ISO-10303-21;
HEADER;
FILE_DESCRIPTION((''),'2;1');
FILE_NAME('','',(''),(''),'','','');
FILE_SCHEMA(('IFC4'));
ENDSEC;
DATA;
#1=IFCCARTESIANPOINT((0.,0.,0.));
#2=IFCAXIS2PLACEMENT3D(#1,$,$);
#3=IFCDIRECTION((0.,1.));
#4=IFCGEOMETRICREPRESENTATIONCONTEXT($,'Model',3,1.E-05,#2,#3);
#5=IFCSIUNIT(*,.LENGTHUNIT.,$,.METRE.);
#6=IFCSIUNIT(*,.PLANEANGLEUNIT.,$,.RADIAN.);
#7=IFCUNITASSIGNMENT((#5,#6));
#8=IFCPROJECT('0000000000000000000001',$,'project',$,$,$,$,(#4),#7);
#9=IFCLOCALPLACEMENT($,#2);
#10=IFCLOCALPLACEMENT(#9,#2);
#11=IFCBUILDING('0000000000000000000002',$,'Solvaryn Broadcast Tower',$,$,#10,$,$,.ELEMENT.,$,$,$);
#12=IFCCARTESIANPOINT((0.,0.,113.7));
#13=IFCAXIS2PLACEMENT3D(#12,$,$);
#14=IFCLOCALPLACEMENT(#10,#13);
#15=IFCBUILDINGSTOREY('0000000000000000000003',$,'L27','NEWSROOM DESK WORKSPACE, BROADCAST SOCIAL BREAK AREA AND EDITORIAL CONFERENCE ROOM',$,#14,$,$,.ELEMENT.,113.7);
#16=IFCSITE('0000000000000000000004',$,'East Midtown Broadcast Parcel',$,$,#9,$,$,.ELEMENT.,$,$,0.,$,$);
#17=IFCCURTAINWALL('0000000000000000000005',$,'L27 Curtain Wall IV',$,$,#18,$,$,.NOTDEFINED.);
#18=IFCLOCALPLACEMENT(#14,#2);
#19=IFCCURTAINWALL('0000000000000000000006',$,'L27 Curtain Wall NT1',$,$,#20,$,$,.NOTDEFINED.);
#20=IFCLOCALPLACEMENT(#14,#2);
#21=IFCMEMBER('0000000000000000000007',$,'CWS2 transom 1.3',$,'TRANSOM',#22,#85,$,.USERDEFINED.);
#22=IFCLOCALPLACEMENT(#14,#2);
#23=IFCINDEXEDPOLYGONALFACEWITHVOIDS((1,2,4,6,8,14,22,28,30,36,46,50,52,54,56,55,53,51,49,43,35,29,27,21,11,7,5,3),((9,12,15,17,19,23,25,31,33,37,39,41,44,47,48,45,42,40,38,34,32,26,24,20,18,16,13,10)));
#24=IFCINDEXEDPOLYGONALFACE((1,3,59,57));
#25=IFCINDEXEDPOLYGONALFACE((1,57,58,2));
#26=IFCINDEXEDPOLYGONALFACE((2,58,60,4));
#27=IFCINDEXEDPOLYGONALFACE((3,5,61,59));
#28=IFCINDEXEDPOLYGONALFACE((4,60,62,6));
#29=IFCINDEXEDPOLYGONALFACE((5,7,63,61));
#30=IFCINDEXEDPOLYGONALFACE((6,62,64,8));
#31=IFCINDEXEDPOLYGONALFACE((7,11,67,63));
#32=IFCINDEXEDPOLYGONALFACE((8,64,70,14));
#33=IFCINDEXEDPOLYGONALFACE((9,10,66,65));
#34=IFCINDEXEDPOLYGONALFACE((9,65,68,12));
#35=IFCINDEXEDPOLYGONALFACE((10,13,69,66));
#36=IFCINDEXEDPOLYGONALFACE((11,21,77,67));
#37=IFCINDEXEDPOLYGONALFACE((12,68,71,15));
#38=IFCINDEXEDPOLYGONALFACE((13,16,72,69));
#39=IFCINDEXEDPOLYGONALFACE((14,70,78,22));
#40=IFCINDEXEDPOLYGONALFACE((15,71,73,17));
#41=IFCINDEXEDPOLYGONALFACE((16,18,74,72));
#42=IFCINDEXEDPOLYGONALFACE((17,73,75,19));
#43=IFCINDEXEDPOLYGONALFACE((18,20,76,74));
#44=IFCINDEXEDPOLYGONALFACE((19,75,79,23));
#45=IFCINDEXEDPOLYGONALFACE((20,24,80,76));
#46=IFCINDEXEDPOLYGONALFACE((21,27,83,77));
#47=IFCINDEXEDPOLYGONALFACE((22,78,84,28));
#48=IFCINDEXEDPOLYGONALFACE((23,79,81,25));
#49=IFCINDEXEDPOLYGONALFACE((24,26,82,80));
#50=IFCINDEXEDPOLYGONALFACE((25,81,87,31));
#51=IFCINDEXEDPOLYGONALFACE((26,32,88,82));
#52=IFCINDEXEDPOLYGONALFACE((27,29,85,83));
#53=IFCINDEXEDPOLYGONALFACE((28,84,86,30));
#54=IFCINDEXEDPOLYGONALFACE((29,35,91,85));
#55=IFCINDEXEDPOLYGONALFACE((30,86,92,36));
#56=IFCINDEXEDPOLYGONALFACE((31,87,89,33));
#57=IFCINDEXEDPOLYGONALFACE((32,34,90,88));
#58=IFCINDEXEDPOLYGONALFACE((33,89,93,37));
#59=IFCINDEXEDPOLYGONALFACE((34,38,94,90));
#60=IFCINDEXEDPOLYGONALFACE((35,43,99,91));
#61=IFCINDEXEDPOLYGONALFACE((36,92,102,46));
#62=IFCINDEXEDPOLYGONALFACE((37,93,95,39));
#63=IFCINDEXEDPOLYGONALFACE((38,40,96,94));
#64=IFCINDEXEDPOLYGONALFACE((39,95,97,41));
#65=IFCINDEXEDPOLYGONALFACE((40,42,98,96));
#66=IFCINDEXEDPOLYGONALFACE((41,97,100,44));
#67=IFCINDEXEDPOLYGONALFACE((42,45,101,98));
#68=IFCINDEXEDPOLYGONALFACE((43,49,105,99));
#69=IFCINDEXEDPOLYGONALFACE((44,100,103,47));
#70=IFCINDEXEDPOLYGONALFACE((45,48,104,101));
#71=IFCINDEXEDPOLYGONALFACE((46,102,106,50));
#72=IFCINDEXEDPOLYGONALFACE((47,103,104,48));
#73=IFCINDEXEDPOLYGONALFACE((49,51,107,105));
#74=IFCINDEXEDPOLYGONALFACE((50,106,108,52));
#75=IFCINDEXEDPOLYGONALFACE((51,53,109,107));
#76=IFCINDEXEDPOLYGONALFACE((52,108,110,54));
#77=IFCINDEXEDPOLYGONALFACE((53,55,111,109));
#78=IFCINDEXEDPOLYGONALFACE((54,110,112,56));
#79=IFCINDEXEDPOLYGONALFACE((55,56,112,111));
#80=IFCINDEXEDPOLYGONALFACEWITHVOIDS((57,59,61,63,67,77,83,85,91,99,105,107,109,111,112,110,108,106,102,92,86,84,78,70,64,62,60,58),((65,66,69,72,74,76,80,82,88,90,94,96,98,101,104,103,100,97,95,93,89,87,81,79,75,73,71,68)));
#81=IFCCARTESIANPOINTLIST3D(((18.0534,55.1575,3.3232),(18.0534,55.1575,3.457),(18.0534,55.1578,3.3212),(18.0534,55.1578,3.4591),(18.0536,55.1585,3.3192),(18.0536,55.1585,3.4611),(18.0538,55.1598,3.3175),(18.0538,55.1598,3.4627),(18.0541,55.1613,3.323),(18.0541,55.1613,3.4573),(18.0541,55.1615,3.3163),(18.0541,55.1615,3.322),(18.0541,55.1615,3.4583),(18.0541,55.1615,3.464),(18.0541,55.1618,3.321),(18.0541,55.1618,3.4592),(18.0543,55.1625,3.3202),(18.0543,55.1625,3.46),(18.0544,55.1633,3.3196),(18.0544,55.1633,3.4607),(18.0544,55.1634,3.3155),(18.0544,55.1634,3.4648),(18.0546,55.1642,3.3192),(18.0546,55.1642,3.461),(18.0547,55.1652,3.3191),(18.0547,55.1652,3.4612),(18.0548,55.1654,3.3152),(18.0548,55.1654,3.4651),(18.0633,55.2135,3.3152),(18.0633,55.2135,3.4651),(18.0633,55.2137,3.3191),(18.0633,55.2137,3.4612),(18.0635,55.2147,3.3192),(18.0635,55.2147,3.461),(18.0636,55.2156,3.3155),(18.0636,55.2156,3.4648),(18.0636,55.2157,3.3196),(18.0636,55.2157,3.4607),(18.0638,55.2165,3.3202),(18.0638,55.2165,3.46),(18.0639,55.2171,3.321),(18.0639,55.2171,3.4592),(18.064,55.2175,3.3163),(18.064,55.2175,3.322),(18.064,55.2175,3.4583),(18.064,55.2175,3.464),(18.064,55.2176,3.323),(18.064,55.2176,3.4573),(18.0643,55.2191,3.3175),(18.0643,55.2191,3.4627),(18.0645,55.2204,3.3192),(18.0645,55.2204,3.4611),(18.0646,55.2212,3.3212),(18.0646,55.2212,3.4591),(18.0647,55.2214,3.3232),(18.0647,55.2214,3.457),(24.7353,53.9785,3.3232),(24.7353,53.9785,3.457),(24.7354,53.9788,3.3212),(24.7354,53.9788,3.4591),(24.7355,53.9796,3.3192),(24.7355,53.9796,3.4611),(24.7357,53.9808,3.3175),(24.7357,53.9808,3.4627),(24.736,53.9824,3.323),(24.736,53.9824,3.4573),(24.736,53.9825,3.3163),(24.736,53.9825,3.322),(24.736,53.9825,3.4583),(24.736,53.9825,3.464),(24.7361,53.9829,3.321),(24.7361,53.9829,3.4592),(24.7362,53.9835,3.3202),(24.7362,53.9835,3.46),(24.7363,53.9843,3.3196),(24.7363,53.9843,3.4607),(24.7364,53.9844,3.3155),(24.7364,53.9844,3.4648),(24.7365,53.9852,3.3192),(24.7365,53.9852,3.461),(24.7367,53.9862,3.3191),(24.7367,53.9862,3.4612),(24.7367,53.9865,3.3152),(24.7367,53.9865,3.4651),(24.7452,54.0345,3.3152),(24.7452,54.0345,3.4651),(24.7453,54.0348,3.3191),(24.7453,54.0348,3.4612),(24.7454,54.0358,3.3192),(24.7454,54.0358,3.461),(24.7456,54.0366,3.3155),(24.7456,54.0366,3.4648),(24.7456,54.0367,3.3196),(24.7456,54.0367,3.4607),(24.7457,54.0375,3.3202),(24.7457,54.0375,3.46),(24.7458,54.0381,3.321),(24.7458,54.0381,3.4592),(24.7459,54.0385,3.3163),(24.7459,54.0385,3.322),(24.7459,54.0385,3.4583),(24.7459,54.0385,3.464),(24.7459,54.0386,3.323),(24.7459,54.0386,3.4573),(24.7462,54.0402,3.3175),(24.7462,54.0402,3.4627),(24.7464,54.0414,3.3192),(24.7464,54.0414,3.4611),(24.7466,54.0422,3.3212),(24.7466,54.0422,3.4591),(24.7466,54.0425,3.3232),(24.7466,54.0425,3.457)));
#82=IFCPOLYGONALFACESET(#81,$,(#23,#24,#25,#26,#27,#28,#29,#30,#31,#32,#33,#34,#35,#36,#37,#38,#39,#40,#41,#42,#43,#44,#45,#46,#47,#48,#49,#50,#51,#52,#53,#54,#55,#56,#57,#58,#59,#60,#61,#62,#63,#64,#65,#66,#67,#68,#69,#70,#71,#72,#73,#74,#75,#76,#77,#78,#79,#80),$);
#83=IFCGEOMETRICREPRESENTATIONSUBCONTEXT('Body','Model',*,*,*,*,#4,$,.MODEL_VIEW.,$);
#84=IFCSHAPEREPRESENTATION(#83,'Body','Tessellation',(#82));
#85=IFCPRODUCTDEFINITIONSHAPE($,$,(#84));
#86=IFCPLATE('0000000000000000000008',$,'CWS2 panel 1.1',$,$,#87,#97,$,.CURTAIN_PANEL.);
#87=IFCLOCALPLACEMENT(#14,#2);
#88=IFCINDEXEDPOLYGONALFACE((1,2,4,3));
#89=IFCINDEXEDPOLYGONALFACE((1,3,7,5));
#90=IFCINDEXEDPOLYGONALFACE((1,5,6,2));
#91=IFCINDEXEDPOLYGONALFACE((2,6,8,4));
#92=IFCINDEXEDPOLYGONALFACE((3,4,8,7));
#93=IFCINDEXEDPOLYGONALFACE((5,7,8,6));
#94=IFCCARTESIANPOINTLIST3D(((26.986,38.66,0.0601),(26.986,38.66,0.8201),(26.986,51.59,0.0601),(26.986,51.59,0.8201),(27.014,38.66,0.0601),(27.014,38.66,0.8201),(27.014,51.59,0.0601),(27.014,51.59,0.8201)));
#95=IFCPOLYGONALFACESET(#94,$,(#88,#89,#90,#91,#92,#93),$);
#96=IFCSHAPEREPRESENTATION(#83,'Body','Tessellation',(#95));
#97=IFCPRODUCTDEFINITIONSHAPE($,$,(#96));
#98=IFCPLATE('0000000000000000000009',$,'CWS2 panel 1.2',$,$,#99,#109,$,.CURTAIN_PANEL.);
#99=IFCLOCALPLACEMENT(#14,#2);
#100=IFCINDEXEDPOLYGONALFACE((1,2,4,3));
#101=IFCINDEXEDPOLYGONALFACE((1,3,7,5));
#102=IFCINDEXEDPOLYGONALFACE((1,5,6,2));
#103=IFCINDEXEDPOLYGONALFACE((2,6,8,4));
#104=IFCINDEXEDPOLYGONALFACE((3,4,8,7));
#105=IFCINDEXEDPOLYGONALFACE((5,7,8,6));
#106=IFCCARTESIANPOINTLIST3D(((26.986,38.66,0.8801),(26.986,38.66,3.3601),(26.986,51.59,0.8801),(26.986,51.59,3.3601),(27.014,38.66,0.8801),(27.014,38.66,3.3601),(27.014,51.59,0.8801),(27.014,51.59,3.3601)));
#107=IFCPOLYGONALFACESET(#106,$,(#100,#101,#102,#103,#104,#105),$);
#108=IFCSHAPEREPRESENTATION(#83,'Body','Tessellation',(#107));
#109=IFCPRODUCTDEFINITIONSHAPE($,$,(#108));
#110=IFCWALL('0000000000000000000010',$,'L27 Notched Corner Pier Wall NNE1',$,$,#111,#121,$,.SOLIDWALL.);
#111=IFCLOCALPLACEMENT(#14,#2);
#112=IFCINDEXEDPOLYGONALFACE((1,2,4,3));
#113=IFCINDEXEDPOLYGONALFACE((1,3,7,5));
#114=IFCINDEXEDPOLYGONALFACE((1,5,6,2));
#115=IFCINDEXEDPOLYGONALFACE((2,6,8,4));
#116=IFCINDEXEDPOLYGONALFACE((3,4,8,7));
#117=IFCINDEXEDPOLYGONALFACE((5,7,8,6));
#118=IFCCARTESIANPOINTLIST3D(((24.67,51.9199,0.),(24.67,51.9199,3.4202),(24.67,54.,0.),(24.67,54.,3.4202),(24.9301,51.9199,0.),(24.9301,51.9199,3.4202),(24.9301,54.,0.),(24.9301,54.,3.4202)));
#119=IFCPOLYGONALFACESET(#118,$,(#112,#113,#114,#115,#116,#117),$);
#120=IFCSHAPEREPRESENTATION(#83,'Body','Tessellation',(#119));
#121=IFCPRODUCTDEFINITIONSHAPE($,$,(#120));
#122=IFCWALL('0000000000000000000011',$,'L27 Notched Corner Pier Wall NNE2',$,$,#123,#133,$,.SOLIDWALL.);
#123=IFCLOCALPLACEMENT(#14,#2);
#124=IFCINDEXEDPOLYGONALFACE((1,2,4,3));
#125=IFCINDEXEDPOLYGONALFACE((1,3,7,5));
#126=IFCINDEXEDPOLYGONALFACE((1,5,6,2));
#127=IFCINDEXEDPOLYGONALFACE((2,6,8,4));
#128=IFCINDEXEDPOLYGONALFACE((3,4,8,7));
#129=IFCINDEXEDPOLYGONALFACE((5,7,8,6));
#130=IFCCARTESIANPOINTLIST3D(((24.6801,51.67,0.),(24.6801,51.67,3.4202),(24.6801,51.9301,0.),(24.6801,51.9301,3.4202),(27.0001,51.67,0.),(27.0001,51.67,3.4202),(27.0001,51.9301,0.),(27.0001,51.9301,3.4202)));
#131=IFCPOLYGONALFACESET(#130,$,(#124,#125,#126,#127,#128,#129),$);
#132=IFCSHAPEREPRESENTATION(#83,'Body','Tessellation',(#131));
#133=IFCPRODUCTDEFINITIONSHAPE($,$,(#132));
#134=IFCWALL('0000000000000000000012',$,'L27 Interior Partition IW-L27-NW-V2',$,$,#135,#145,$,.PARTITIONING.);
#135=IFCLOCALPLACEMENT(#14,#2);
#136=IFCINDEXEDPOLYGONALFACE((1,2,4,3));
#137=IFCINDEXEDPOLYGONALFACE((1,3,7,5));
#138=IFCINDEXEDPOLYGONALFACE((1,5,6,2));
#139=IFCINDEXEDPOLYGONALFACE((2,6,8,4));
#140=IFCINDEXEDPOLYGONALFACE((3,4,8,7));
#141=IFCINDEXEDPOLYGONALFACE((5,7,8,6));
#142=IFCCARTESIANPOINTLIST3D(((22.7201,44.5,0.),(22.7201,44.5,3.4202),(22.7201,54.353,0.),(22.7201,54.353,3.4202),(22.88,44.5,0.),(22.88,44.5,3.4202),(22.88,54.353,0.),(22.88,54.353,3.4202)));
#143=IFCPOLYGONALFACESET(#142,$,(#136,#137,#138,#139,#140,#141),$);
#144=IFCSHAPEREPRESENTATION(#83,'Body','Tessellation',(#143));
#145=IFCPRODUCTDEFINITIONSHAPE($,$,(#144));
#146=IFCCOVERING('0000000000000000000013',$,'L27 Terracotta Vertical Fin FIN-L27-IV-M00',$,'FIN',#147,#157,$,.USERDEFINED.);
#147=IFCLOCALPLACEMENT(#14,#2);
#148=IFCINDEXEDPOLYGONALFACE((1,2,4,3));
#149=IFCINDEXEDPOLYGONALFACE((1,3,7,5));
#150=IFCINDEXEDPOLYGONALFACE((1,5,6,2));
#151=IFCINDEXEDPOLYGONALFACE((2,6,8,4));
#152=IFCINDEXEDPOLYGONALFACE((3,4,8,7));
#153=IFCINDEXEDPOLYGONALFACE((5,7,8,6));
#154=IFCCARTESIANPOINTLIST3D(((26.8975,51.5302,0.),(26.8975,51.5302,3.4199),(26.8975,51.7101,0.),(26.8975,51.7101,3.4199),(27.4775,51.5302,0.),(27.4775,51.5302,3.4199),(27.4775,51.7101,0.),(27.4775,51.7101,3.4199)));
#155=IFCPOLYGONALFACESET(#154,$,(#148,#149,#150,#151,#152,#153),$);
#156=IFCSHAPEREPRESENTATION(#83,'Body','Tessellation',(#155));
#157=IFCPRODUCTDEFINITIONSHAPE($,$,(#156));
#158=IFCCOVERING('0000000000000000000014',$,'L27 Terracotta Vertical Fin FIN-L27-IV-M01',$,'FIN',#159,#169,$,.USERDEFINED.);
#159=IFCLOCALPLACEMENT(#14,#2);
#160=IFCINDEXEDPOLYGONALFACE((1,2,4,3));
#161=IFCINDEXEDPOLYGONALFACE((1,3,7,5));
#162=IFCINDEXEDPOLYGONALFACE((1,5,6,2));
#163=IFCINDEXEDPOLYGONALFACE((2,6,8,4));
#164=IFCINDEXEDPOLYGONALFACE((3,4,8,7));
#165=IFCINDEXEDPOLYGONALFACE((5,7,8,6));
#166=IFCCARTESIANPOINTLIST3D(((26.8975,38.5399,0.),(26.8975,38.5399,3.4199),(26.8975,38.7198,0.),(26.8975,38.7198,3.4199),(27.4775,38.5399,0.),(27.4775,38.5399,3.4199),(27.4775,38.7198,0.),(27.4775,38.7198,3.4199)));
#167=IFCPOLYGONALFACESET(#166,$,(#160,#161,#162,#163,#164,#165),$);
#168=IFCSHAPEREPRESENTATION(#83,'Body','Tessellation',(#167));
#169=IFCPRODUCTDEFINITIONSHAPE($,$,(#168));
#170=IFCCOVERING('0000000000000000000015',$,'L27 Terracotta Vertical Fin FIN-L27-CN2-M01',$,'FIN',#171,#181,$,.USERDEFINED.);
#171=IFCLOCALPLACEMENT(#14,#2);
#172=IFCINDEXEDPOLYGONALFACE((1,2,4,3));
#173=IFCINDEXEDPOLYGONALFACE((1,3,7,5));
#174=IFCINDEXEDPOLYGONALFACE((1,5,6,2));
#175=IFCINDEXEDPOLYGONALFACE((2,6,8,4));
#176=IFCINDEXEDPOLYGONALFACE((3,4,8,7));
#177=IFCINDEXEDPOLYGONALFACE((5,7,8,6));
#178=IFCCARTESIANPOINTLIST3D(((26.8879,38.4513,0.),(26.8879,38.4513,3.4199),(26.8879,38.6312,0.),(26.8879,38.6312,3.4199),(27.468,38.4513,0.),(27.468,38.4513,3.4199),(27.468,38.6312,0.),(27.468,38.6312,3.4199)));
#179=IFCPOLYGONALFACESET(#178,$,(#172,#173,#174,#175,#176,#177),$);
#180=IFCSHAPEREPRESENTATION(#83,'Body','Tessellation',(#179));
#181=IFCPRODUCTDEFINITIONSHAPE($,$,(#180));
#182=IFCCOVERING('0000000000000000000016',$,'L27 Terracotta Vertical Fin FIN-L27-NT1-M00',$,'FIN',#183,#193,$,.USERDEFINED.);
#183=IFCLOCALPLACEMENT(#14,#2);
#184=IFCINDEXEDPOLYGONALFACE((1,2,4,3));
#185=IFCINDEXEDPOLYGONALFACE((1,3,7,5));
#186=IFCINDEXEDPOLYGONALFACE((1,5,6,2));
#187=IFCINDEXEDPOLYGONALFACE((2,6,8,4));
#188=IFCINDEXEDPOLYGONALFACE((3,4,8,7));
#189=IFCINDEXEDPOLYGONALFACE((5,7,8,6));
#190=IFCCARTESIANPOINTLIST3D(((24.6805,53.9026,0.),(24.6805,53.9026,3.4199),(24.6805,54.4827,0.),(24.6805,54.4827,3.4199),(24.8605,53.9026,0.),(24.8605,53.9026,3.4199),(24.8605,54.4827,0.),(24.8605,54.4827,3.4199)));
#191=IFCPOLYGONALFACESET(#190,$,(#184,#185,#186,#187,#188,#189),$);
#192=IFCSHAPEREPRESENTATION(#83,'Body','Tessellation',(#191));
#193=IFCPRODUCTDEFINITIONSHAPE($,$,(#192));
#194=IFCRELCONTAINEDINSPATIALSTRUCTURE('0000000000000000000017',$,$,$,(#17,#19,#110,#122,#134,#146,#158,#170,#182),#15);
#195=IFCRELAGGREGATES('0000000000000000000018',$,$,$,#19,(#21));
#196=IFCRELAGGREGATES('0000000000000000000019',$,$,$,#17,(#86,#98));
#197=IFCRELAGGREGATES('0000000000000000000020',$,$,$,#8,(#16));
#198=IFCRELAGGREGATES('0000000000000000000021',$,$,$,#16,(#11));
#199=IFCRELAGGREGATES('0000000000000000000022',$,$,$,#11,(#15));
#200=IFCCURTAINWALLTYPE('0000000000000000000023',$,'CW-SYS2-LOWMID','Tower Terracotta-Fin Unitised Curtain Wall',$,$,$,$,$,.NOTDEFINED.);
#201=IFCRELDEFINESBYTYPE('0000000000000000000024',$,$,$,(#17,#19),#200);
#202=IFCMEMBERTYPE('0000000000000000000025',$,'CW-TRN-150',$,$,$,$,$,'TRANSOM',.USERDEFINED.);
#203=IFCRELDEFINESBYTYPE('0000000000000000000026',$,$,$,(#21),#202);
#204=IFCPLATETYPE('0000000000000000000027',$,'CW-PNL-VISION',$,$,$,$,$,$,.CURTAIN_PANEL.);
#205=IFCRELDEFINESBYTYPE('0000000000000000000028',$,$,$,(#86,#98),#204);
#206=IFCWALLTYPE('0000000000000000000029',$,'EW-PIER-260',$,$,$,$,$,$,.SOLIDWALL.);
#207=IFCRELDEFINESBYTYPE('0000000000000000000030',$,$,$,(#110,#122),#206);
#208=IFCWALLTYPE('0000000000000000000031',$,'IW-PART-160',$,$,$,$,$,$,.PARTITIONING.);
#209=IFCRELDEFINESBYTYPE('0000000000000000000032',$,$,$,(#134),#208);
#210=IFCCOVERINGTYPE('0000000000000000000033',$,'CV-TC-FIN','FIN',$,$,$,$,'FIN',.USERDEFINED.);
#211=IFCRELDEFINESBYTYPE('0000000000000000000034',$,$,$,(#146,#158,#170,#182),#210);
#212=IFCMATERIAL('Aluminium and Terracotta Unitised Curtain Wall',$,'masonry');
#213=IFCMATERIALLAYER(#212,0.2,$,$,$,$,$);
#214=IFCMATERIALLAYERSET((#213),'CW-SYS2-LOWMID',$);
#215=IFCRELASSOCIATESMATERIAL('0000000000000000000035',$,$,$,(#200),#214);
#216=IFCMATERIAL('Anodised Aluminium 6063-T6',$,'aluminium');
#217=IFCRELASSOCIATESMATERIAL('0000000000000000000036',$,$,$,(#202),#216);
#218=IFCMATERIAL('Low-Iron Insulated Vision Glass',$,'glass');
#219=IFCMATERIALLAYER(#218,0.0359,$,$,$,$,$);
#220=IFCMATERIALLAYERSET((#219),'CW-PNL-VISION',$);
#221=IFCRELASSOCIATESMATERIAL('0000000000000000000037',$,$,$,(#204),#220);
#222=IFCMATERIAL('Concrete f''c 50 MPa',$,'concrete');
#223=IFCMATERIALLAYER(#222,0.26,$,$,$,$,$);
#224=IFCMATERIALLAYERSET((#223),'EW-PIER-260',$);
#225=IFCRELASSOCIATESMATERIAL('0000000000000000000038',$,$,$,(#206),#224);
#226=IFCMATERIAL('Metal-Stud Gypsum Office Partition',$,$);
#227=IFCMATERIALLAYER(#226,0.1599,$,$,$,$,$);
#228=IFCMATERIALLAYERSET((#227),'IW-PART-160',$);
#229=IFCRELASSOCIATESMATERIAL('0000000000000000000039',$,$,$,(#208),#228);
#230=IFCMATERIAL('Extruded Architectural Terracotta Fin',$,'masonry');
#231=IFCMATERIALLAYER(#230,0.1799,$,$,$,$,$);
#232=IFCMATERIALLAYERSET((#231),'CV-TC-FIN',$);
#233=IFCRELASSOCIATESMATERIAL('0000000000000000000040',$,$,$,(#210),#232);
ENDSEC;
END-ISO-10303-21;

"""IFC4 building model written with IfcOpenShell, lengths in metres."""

from ifc_helpers import new_model, si_unit, direction, frame, frame_2d, origin, origin_2d, place, context, subcontext, project, spatial, rectangle, hollow_rectangle, extrude, material, layer, layer_set, material_profile, profile_set, type_object, element, aggregate, save


model = new_model("IFC4")

# Units and contexts
model_context = context("Model", 3, precision=1e-05, world=origin(), true_north=direction((0.0, 1.0)))
body_context = subcontext(model_context, "Body", "Model", "MODEL_VIEW")
ifc_project = project(units=[si_unit("LENGTHUNIT", "METRE"), si_unit("PLANEANGLEUNIT", "RADIAN")], contexts=[model_context])

# Site, building, storey
site_placement = place(None, origin())
site = spatial("IfcSite", under=ifc_project, at=site_placement, Name="East Midtown Broadcast Parcel", CompositionType="ELEMENT", RefElevation=0.0)
building_placement = place(site_placement, origin())
building = spatial("IfcBuilding", under=site, at=building_placement, Name="Solvaryn Broadcast Tower", CompositionType="ELEMENT")
storey_placement = place(building_placement, frame((0.0, 0.0, 113.7)))
storey = spatial("IfcBuildingStorey", under=building, at=storey_placement, Name="L27", Description="NEWSROOM DESK WORKSPACE, BROADCAST SOCIAL BREAK AREA AND EDITORIAL CONFERENCE ROOM", CompositionType="ELEMENT", Elevation=113.7)

# Curtain wall
ifc_material_1 = material(Name="Aluminium and Terracotta Unitised Curtain Wall", Category="masonry")
ifc_layer_1 = layer(ifc_material_1, 0.2)
ifc_layer_set_1 = layer_set([ifc_layer_1], Name="CW-SYS2-LOWMID")
curtain_wall_type = type_object("IfcCurtainWallType", Name="CW-SYS2-LOWMID", Description="Tower Terracotta-Fin Unitised Curtain Wall", PredefinedType="NOTDEFINED", material=ifc_layer_set_1)
curtain_wall_1_placement = place(storey_placement, origin())
curtain_wall_1 = element("IfcCurtainWall", 1, at=curtain_wall_1_placement, inside=storey, type_object=curtain_wall_type, Name="L27 Curtain Wall IV", PredefinedType="NOTDEFINED")

# Curtain wall
curtain_wall_2_placement = place(storey_placement, origin())
curtain_wall_2 = element("IfcCurtainWall", 2, at=curtain_wall_2_placement, inside=storey, type_object=curtain_wall_type, Name="L27 Curtain Wall NT1", PredefinedType="NOTDEFINED")

# Member
ifc_material_2 = material(Name="Anodised Aluminium 6063-T6", Category="aluminium")
ifc_material_profile_1 = material_profile(ifc_material_2, hollow_rectangle(XDim=0.0649, YDim=0.1499, WallThickness=0.0039, InnerFilletRadius=0.0039, OuterFilletRadius=0.0081, at=origin_2d()))
ifc_profile_set_1 = profile_set([ifc_material_profile_1], Name="Anodised Aluminium 6063-T6")
member_type_1 = type_object("IfcMemberType", Name="CW-TRN-150", ElementType="TRANSOM", PredefinedType="USERDEFINED", material=ifc_profile_set_1)
member_1_placement = place(storey_placement, frame((24.741, 54.0105, 3.3901), z_axis=(-0.984789, 0.173757, 0.0), x_axis=(-0.173757, -0.984789, 0.0)))
member_1 = element("IfcMember", 3, at=member_1_placement, type_object=member_type_1, Name="CWS2 transom 1.3", ObjectType="TRANSOM", PredefinedType="USERDEFINED", context=body_context, shape_type="SweptSolid", body=[
    extrude(hollow_rectangle(XDim=0.0649, YDim=0.1499, WallThickness=0.0039, InnerFilletRadius=0.0039, OuterFilletRadius=0.0081, at=origin_2d()), origin(), (0.0, 0.0, 1.0), 6.7852),
])
aggregate(curtain_wall_2, [member_1])

# Plates
ifc_material_3 = material(Name="Low-Iron Insulated Vision Glass", Category="glass")
ifc_layer_2 = layer(ifc_material_3, 0.0359)
ifc_layer_set_2 = layer_set([ifc_layer_2], Name="CW-PNL-VISION")
plate_type = type_object("IfcPlateType", Name="CW-PNL-VISION", PredefinedType="CURTAIN_PANEL", material=ifc_layer_set_2)
plate_1_placement = place(storey_placement, frame((27.0, 45.125, 0.0601), z_axis=(0.0, 0.0, 1.0), x_axis=(0.0, -1.0, 0.0)))
plate_1 = element("IfcPlate", 4, at=plate_1_placement, type_object=plate_type, Name="CWS2 panel 1.1", PredefinedType="CURTAIN_PANEL", context=body_context, shape_type="SweptSolid", body=[
    extrude(rectangle(XDim=12.9299, YDim=0.0281, at=origin_2d()), origin(), (0.0, 0.0, 1.0), 0.76),
])
plate_2_placement = place(storey_placement, frame((27.0, 45.125, 0.8801), z_axis=(0.0, 0.0, 1.0), x_axis=(0.0, -1.0, 0.0)))
plate_2 = element("IfcPlate", 5, at=plate_2_placement, type_object=plate_type, Name="CWS2 panel 1.2", PredefinedType="CURTAIN_PANEL", context=body_context, shape_type="SweptSolid", body=[
    extrude(rectangle(XDim=12.9299, YDim=0.0281, at=origin_2d()), origin(), (0.0, 0.0, 1.0), 2.48),
])
aggregate(curtain_wall_1, [plate_1, plate_2])

# Walls
ifc_material_4 = material(Name="Concrete f'c 50 MPa", Category="concrete")
ifc_layer_3 = layer(ifc_material_4, 0.26)
ifc_layer_set_3 = layer_set([ifc_layer_3], Name="EW-PIER-260")
wall_type_1 = type_object("IfcWallType", Name="EW-PIER-260", PredefinedType="SOLIDWALL", material=ifc_layer_set_3)
wall_1_placement = place(storey_placement, frame((24.8, 54.0, 0.0), z_axis=(0.0, 0.0, 1.0), x_axis=(0.0, -1.0, 0.0)))
element("IfcWall", 6, at=wall_1_placement, inside=storey, type_object=wall_type_1, Name="L27 Notched Corner Pier Wall NNE1", PredefinedType="SOLIDWALL", context=body_context, shape_type="SweptSolid", body=[
    extrude(rectangle(XDim=2.0801, YDim=0.26, at=frame_2d((1.04, 0.0))), origin(), (0.0, 0.0, 1.0), 3.4202),
])
wall_2_placement = place(storey_placement, frame((24.6799, 51.8, 0.0), z_axis=(0.0, 0.0, 1.0), x_axis=(1.0, 0.0, 0.0)))
element("IfcWall", 7, at=wall_2_placement, inside=storey, type_object=wall_type_1, Name="L27 Notched Corner Pier Wall NNE2", PredefinedType="SOLIDWALL", context=body_context, shape_type="SweptSolid", body=[
    extrude(rectangle(XDim=2.3201, YDim=0.26, at=frame_2d((1.1602, 0.0))), origin(), (0.0, 0.0, 1.0), 3.4202),
])
ifc_material_5 = material(Name="Metal-Stud Gypsum Office Partition")
ifc_layer_4 = layer(ifc_material_5, 0.1599)
ifc_layer_set_4 = layer_set([ifc_layer_4], Name="IW-PART-160")
wall_type_2 = type_object("IfcWallType", Name="IW-PART-160", PredefinedType="PARTITIONING", material=ifc_layer_set_4)
wall_3_placement = place(storey_placement, frame((22.8, 44.5, 0.0), z_axis=(0.0, 0.0, 1.0), x_axis=(0.0, 1.0, 0.0)))
element("IfcWall", 8, at=wall_3_placement, inside=storey, type_object=wall_type_2, Name="L27 Interior Partition IW-L27-NW-V2", PredefinedType="PARTITIONING", context=body_context, shape_type="SweptSolid", body=[
    extrude(rectangle(XDim=9.853, YDim=0.1599, at=frame_2d((4.9265, 0.0))), origin(), (0.0, 0.0, 1.0), 3.4202),
])

# Coverings
ifc_material_6 = material(Name="Extruded Architectural Terracotta Fin", Category="masonry")
ifc_layer_5 = layer(ifc_material_6, 0.1799)
ifc_layer_set_5 = layer_set([ifc_layer_5], Name="CV-TC-FIN")
covering_type = type_object("IfcCoveringType", Name="CV-TC-FIN", Description="FIN", ElementType="FIN", PredefinedType="USERDEFINED", material=ifc_layer_set_5)
for number, where, z_axis, x_axis, name in (
    (9, (27.1875, 51.6201, 0.0), (0.0, 0.0, 1.0), (1.0, 0.0, 0.0), "L27 Terracotta Vertical Fin FIN-L27-IV-M00"),
    (10, (27.1875, 38.6299, 0.0), (0.0, 0.0, 1.0), (1.0, 0.0, 0.0), "L27 Terracotta Vertical Fin FIN-L27-IV-M01"),
    (11, (27.178, 38.5413, 0.0), (0.0, 0.0, 1.0), (1.0, 0.0, 0.0), "L27 Terracotta Vertical Fin FIN-L27-CN2-M01"),
):
    element("IfcCovering", number, at=place(storey_placement, frame(where, z_axis=z_axis, x_axis=x_axis)), inside=storey, type_object=covering_type, Name=name, ObjectType="FIN", PredefinedType="USERDEFINED", context=body_context, shape_type="SweptSolid", body=[
        extrude(rectangle(XDim=0.5801, YDim=0.1799, at=origin_2d()), origin(), (0.0, 0.0, 1.0), 3.4199),
    ])
covering_placement = place(storey_placement, frame((24.7705, 54.1926, 0.0), z_axis=(0.0, 0.0, 1.0), x_axis=(1.0, 0.0, 0.0)))
element("IfcCovering", 12, at=covering_placement, inside=storey, type_object=covering_type, Name="L27 Terracotta Vertical Fin FIN-L27-NT1-M00", ObjectType="FIN", PredefinedType="USERDEFINED", context=body_context, shape_type="SweptSolid", body=[
    extrude(rectangle(XDim=0.1799, YDim=0.5801, at=origin_2d()), origin(), (0.0, 0.0, 1.0), 3.4199),
])

save(model, "model.ifc")
